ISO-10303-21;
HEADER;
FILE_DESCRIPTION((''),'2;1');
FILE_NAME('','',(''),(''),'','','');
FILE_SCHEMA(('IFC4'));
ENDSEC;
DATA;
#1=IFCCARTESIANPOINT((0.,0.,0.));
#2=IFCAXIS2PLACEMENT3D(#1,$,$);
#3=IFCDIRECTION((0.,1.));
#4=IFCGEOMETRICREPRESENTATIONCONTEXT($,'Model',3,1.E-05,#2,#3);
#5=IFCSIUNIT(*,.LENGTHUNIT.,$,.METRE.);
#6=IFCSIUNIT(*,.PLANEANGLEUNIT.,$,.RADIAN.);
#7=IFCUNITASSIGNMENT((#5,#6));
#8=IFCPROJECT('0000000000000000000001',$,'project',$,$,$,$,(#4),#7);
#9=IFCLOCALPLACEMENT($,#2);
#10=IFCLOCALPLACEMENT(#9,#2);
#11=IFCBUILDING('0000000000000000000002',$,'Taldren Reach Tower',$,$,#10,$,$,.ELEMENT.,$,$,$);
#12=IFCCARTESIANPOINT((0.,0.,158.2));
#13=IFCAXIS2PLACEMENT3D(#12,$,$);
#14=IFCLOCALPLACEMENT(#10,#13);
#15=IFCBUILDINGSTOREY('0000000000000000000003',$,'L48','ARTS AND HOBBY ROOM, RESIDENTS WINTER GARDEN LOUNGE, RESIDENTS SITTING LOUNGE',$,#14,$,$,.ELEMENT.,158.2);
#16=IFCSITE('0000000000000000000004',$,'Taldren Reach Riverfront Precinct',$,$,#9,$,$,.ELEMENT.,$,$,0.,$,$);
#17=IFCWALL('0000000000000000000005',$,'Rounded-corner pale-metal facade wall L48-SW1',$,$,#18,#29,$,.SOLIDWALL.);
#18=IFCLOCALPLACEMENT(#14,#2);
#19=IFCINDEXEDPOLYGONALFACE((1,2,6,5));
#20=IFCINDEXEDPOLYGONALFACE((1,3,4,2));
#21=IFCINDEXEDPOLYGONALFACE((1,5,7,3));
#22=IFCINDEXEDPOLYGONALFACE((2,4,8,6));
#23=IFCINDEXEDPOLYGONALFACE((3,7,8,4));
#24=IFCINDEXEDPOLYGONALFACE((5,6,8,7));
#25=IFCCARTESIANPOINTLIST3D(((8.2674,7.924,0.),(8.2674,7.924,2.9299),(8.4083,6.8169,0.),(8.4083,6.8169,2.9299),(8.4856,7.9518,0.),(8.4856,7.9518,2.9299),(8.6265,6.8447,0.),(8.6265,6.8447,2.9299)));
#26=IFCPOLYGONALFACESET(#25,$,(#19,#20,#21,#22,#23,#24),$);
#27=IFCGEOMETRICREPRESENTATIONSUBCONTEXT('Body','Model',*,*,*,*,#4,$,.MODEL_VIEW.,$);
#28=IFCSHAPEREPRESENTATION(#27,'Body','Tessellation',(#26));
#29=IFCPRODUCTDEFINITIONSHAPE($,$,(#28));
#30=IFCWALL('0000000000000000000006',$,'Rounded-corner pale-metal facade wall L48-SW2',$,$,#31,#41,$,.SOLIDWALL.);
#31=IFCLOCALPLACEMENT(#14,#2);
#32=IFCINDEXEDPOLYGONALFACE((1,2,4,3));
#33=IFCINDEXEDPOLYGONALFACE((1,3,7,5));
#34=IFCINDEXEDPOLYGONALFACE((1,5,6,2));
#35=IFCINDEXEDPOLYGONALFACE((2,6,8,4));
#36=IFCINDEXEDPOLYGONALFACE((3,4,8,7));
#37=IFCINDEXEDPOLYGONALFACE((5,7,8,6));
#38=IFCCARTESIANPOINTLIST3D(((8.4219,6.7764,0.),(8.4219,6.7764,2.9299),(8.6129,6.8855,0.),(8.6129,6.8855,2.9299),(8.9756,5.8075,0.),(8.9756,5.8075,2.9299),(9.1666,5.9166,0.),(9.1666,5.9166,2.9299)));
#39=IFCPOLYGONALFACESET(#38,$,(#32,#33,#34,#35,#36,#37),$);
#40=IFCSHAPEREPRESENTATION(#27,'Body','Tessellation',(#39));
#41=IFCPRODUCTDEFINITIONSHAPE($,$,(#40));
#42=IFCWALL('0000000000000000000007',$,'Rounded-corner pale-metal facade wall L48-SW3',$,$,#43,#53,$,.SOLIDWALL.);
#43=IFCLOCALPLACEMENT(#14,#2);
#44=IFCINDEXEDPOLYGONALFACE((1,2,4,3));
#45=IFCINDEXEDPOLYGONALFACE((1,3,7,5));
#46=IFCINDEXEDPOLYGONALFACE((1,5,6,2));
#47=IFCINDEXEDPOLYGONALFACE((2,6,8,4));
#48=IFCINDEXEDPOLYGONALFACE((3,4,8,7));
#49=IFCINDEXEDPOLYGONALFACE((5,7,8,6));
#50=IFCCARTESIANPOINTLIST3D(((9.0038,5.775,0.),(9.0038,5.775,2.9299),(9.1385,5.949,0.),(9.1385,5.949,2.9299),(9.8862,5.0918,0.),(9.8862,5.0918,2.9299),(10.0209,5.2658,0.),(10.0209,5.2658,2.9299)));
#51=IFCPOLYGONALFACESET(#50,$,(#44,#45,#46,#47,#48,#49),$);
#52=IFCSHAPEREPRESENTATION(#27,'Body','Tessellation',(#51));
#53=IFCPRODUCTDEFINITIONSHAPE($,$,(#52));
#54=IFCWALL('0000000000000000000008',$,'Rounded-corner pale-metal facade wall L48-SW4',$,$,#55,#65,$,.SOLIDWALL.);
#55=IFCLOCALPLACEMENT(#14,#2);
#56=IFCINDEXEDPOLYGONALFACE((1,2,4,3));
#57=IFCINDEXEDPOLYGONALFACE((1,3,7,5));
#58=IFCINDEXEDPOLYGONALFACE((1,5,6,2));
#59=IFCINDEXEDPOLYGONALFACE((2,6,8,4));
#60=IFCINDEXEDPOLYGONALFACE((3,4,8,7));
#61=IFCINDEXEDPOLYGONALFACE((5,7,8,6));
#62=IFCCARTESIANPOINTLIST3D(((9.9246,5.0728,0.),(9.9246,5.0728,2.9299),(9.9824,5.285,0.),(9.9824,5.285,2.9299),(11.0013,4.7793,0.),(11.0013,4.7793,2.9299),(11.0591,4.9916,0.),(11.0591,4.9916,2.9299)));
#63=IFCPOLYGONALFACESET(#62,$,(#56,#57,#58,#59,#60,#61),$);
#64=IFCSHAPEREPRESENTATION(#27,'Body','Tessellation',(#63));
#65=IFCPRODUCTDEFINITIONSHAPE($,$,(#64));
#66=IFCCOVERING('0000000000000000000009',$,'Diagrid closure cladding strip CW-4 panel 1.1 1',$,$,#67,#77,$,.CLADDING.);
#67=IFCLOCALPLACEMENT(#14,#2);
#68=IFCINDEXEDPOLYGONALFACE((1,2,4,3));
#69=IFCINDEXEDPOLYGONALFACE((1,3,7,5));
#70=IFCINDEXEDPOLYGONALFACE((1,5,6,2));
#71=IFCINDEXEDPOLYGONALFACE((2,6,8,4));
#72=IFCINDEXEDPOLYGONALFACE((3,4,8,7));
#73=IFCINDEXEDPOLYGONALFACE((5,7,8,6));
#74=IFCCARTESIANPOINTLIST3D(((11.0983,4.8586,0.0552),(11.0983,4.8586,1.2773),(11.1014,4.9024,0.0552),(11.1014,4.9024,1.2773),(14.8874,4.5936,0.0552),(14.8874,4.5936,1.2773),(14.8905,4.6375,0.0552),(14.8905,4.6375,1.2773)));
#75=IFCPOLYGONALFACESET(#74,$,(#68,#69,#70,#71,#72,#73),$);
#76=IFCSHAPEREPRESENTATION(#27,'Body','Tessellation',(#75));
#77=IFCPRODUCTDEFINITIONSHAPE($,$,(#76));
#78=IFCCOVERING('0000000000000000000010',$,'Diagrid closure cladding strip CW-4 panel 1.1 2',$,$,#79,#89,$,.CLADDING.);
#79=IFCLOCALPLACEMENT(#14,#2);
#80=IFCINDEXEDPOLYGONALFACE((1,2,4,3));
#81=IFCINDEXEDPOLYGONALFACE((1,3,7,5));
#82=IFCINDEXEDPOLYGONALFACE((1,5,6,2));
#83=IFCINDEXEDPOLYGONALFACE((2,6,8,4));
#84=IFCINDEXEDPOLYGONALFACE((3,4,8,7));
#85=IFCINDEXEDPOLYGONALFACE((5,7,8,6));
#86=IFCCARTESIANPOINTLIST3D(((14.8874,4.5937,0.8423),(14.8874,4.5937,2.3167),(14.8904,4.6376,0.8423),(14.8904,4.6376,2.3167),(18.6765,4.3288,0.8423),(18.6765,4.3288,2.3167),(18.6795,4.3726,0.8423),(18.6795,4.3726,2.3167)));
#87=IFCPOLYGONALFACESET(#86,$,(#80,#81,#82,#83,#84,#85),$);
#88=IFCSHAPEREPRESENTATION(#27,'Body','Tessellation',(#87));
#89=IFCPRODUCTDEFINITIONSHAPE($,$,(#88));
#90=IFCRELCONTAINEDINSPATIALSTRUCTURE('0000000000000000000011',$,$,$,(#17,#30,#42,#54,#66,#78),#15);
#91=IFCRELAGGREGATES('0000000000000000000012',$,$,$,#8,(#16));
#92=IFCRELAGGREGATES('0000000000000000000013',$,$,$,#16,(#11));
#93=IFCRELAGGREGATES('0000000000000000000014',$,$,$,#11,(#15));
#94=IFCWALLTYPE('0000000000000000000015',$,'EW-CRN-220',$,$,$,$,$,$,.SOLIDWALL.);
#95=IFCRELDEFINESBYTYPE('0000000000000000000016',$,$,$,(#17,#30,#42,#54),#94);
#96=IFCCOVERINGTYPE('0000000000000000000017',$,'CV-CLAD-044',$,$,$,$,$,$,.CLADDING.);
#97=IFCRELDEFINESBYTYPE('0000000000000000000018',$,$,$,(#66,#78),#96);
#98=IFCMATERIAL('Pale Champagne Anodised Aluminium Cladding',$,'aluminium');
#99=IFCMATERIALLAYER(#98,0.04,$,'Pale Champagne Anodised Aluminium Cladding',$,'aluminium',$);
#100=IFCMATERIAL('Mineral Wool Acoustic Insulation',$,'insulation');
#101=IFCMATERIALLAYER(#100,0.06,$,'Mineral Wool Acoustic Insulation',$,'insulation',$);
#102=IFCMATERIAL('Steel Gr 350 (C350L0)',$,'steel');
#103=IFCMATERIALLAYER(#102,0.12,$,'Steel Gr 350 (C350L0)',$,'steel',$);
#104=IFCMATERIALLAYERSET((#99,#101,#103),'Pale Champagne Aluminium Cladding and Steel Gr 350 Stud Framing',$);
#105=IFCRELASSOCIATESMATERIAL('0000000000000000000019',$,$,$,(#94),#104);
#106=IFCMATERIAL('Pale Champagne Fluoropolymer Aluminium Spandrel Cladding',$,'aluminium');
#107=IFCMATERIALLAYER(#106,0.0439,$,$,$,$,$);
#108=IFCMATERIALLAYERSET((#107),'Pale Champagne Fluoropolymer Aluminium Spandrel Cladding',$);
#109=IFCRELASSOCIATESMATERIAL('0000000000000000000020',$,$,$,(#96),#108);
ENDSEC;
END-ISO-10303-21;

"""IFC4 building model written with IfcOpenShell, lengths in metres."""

from ifc_helpers import new_model, si_unit, direction, frame, frame_2d, origin, origin_2d, place, context, subcontext, project, spatial, rectangle, extrude, source, transform, mapped, material, layer, layer_set, type_object, element, save


model = new_model("IFC4")

# Units and contexts
model_context = context("Model", 3, precision=1e-05, world=origin(), true_north=direction((0.0, 1.0)))
body_context = subcontext(model_context, "Body", "Model", "MODEL_VIEW")
ifc_project = project(units=[si_unit("LENGTHUNIT", "METRE"), si_unit("PLANEANGLEUNIT", "RADIAN")], contexts=[model_context])

# Site, building, storey
site_placement = place(None, origin())
site = spatial("IfcSite", under=ifc_project, at=site_placement, Name="Taldren Reach Riverfront Precinct", CompositionType="ELEMENT", RefElevation=0.0)
building_placement = place(site_placement, origin())
building = spatial("IfcBuilding", under=site, at=building_placement, Name="Taldren Reach Tower", CompositionType="ELEMENT")
storey_placement = place(building_placement, frame((0.0, 0.0, 158.2)))
storey = spatial("IfcBuildingStorey", under=building, at=storey_placement, Name="L48", Description="ARTS AND HOBBY ROOM, RESIDENTS WINTER GARDEN LOUNGE, RESIDENTS SITTING LOUNGE", CompositionType="ELEMENT", Elevation=158.2)

# Shared definitions
ifc_material_1 = material(Name="Steel Gr 350 (C350L0)", Category="steel")

# Walls
ifc_material_2 = material(Name="Pale Champagne Anodised Aluminium Cladding", Category="aluminium")
ifc_layer_1 = layer(ifc_material_2, 0.04, Name="Pale Champagne Anodised Aluminium Cladding", Category="aluminium")
ifc_material_3 = material(Name="Mineral Wool Acoustic Insulation", Category="insulation")
ifc_layer_2 = layer(ifc_material_3, 0.06, Name="Mineral Wool Acoustic Insulation", Category="insulation")
ifc_layer_3 = layer(ifc_material_1, 0.12, Name="Steel Gr 350 (C350L0)", Category="steel")
ifc_layer_set_1 = layer_set([ifc_layer_1, ifc_layer_2, ifc_layer_3], Name="Pale Champagne Aluminium Cladding and Steel Gr 350 Stud Framing")
wall_type = type_object("IfcWallType", Name="EW-CRN-220", PredefinedType="SOLIDWALL", material=ifc_layer_set_1)
shared_shape_1 = source(origin(), body_context, "Body", "SweptSolid", [
    extrude(rectangle(XDim=1.116, YDim=0.22, at=frame_2d((0.5581, 0.0))), origin(), (0.0, 0.0, 1.0), 2.9299),
])
for number, where, z_axis, x_axis, name in (
    (1, (8.3765, 7.938, 0.0), (0.0, 0.0, 1.0), (0.126243, -0.991999, 0.0), "Rounded-corner pale-metal facade wall L48-SW1"),
    (2, (8.5173, 6.8311, 0.0), (0.0, 0.0, 1.0), (0.496139, -0.868243, 0.0), "Rounded-corner pale-metal facade wall L48-SW2"),
    (3, (9.071, 5.8621, 0.0), (0.0, 0.0, 1.0), (0.790717, -0.612182, 0.0), "Rounded-corner pale-metal facade wall L48-SW3"),
    (4, (9.9534, 5.179, 0.0), (0.0, 0.0, 1.0), (0.964804, -0.262969, 0.0), "Rounded-corner pale-metal facade wall L48-SW4"),
):
    element("IfcWall", number, at=place(storey_placement, frame(where, z_axis=z_axis, x_axis=x_axis)), inside=storey, type_object=wall_type, Name=name, PredefinedType="SOLIDWALL", context=body_context, shape_type="MappedRepresentation", body=[
        mapped(shared_shape_1, transform((0.0, 0.0, 0.0), scale=1.0)),
    ])

# Coverings
ifc_material_4 = material(Name="Pale Champagne Fluoropolymer Aluminium Spandrel Cladding", Category="aluminium")
ifc_layer_4 = layer(ifc_material_4, 0.0439)
ifc_layer_set_2 = layer_set([ifc_layer_4], Name="Pale Champagne Fluoropolymer Aluminium Spandrel Cladding")
covering_type = type_object("IfcCoveringType", Name="CV-CLAD-044", PredefinedType="CLADDING", material=ifc_layer_set_2)
shared_shape_2 = source(origin(), body_context, "Body", "SweptSolid", [
    extrude(rectangle(XDim=3.7983, YDim=0.0439, at=origin_2d()), origin(), (0.0, 0.0, 1.0), 1.2222),
])
covering_1_placement = place(storey_placement, frame((12.9944, 4.748, 0.0552), z_axis=(0.0, 0.0, 1.0), x_axis=(0.997564, -0.069757, 0.0)))
element("IfcCovering", 5, at=covering_1_placement, inside=storey, type_object=covering_type, Name="Diagrid closure cladding strip CW-4 panel 1.1 1", PredefinedType="CLADDING", context=body_context, shape_type="MappedRepresentation", body=[
    mapped(shared_shape_2, transform((0.0, 0.0, 0.0), scale=1.0)),
])
shared_shape_3 = source(origin(), body_context, "Body", "SweptSolid", [
    extrude(rectangle(XDim=3.7983, YDim=0.0439, at=origin_2d()), origin(), (0.0, 0.0, 1.0), 1.4744),
])
covering_2_placement = place(storey_placement, frame((16.7834, 4.4832, 0.8423), z_axis=(0.0, 0.0, 1.0), x_axis=(0.997564, -0.069757, 0.0)))
element("IfcCovering", 6, at=covering_2_placement, inside=storey, type_object=covering_type, Name="Diagrid closure cladding strip CW-4 panel 1.1 2", PredefinedType="CLADDING", context=body_context, shape_type="MappedRepresentation", body=[
    mapped(shared_shape_3, transform((0.0, 0.0, 0.0), scale=1.0)),
])

save(model, "model.ifc")
